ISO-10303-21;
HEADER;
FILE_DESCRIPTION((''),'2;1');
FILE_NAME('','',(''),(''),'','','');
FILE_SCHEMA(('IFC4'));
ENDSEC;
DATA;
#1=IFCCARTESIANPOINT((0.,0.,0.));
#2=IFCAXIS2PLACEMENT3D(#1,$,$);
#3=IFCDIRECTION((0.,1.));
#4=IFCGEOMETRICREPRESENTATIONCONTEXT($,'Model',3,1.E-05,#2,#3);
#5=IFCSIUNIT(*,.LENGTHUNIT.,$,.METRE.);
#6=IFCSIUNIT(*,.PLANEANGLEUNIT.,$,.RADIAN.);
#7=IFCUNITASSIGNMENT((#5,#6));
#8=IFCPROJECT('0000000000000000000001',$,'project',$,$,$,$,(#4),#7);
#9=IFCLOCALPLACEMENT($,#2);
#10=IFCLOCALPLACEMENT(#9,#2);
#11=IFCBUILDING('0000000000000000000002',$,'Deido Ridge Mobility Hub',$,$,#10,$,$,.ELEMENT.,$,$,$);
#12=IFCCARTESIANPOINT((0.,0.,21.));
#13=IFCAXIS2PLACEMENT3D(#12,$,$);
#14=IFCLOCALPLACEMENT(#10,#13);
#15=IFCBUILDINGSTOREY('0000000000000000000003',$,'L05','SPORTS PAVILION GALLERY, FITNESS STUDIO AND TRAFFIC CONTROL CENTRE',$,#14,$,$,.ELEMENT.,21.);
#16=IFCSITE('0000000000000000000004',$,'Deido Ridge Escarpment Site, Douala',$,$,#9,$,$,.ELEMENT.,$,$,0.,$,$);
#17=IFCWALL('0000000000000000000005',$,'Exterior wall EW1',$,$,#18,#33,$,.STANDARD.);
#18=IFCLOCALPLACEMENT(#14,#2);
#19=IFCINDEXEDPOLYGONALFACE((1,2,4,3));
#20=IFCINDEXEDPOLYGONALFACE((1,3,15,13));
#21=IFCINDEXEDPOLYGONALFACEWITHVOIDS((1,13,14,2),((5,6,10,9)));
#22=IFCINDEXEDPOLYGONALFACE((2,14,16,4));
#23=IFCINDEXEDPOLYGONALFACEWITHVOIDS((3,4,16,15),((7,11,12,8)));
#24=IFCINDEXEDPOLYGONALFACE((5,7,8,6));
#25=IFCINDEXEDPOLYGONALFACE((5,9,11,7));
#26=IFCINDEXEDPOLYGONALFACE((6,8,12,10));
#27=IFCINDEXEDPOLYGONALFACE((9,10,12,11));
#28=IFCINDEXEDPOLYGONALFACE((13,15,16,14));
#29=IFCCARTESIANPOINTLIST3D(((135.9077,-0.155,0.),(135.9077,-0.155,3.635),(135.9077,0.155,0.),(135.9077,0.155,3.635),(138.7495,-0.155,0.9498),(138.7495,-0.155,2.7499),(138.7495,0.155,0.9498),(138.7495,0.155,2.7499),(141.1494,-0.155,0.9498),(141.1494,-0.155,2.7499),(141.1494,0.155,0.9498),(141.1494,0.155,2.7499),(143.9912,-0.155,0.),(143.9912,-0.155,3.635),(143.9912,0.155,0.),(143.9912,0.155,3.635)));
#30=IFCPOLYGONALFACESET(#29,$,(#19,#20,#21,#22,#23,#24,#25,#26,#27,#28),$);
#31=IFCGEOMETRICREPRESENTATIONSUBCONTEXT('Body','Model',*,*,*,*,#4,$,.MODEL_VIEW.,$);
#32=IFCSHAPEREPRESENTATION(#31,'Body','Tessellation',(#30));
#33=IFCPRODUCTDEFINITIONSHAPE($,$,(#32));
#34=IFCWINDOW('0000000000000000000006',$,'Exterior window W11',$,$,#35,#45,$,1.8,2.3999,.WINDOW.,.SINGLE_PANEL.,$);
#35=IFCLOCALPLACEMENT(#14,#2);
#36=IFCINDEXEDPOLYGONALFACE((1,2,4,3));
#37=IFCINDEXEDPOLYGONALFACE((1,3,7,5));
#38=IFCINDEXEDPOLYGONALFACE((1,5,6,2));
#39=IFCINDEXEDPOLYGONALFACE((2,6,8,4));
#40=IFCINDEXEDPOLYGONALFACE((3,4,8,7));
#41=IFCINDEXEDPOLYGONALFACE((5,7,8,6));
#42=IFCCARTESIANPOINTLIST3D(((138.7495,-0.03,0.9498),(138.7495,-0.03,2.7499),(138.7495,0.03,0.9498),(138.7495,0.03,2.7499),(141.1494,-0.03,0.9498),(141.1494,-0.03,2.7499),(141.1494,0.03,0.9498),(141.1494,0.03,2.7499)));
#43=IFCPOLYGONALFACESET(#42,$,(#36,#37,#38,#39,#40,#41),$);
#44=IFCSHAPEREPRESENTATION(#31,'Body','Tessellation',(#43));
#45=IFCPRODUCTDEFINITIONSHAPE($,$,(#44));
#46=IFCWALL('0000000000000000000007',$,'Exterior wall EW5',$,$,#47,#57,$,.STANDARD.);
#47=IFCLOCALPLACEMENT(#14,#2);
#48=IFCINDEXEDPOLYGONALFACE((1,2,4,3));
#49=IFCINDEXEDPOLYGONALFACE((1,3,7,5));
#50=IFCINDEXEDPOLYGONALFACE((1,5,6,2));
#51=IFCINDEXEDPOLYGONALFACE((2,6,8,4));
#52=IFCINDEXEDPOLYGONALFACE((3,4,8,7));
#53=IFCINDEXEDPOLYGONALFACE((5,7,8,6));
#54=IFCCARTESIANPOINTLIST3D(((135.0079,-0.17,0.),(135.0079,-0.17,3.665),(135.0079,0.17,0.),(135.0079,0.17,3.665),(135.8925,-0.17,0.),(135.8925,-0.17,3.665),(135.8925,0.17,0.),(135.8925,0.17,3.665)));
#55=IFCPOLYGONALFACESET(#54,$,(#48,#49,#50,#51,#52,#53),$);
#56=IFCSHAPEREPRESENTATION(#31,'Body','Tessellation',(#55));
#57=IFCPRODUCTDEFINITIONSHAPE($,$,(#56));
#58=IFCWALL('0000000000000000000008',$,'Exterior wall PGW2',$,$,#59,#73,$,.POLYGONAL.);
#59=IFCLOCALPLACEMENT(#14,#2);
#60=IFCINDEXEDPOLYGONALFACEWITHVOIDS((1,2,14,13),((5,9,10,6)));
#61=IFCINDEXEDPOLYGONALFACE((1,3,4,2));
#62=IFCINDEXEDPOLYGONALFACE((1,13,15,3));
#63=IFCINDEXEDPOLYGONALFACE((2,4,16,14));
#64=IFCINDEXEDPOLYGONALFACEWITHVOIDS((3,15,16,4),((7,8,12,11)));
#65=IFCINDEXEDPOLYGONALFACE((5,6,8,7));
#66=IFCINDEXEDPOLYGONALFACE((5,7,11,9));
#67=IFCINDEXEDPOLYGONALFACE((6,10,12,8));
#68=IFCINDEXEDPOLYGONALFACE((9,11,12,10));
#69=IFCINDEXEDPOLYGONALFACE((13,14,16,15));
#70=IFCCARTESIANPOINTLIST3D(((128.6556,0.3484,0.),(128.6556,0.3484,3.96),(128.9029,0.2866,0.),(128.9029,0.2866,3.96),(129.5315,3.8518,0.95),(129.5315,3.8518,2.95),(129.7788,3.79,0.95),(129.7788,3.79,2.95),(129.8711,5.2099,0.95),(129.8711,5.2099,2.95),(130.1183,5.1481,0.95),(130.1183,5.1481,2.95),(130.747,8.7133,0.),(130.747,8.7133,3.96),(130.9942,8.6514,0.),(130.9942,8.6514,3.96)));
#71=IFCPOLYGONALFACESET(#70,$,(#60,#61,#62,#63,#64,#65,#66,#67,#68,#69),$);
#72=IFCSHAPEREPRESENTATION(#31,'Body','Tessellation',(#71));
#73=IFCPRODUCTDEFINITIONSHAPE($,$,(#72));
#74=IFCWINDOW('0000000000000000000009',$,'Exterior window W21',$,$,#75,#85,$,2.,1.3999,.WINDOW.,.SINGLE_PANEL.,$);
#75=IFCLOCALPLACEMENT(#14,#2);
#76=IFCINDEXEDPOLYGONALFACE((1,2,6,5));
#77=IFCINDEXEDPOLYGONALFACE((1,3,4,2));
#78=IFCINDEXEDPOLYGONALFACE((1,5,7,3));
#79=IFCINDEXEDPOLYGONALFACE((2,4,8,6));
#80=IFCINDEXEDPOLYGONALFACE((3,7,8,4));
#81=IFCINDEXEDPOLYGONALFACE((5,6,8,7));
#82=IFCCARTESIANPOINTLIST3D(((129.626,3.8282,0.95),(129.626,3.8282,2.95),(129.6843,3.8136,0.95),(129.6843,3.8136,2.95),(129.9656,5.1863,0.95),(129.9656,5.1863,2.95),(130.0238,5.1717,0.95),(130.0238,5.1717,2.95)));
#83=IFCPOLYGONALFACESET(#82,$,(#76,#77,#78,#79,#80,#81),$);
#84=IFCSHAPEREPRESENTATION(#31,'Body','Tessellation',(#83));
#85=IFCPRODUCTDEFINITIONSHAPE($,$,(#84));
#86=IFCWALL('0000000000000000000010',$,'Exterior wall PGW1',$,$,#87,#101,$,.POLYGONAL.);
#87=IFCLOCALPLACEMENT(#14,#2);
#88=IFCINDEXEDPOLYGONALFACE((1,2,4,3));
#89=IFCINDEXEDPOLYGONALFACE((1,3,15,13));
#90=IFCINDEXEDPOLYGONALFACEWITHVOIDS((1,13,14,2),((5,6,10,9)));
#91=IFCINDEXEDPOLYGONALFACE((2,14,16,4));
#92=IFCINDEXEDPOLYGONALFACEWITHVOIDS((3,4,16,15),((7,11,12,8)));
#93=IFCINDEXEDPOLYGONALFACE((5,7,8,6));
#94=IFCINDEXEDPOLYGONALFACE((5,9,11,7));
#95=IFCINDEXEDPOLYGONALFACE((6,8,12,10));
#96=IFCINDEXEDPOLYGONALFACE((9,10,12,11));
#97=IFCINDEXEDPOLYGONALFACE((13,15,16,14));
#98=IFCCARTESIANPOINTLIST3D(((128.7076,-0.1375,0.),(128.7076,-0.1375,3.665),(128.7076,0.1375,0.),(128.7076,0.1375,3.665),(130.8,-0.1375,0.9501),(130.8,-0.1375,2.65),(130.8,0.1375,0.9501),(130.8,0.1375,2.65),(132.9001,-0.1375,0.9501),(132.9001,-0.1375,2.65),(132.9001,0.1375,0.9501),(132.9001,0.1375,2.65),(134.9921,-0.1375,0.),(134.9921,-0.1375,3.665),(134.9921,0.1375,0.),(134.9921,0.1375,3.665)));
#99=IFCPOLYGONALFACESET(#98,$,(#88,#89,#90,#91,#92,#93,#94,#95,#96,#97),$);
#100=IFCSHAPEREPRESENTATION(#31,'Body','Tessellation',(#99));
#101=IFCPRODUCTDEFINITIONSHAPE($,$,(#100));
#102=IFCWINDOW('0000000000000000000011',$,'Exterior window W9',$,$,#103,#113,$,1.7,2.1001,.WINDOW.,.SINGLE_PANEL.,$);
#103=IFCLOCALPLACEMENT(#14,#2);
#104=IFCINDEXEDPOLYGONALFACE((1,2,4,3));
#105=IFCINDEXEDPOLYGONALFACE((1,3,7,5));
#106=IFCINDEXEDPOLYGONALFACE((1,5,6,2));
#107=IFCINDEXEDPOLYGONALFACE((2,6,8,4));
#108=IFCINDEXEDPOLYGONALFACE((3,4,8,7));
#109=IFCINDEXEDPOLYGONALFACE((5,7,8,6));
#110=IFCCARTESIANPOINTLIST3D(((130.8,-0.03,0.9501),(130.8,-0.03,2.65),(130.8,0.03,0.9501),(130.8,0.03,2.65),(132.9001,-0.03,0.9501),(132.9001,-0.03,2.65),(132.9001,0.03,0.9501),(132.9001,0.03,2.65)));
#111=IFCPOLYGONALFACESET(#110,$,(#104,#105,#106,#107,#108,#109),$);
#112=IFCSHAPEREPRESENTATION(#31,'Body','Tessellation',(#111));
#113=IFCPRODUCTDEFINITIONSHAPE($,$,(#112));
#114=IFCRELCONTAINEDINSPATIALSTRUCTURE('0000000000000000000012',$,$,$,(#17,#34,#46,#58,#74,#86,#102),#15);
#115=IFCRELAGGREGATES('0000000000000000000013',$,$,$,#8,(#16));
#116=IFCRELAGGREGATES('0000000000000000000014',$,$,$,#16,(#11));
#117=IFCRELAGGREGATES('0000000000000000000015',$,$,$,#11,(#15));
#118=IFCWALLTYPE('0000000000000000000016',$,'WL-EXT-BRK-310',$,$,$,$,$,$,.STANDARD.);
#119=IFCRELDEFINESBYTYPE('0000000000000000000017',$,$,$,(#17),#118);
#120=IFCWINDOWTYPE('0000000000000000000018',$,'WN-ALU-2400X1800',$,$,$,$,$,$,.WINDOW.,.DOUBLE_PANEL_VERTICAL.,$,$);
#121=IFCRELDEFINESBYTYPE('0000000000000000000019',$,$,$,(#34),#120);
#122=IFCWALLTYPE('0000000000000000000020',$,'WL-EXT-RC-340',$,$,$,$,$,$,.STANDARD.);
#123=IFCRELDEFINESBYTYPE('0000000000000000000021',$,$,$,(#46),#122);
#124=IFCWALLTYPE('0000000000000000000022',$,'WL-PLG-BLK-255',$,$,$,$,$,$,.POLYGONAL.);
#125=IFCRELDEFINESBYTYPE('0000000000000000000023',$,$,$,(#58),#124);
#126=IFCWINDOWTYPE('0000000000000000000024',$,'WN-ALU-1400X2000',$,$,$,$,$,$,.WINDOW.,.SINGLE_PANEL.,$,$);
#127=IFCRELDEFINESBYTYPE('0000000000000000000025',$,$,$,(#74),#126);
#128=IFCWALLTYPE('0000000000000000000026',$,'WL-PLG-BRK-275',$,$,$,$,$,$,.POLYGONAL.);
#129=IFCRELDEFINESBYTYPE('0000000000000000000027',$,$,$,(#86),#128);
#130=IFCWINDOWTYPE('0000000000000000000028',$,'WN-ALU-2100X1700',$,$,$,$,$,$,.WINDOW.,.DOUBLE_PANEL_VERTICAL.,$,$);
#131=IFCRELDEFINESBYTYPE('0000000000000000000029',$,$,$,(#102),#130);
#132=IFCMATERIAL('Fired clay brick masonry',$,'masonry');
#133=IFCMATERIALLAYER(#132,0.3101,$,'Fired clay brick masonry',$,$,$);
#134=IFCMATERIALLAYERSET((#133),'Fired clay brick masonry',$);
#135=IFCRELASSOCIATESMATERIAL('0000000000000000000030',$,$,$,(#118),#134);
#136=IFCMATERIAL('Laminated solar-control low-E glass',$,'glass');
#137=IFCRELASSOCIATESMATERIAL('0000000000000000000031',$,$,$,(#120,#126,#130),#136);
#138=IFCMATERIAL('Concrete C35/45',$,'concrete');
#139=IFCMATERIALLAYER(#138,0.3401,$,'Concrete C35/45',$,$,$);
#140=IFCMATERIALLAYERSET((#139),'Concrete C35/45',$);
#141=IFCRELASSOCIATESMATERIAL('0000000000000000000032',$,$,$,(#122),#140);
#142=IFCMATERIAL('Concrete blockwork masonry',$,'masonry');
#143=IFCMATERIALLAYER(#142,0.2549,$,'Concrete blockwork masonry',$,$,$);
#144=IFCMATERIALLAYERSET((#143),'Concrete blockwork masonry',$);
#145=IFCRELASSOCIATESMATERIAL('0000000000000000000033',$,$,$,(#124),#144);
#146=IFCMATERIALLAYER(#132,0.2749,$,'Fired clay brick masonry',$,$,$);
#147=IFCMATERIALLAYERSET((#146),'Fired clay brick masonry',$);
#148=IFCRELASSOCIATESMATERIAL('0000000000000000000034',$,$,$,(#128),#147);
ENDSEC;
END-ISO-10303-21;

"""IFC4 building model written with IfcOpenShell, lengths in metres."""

from ifc_helpers import new_model, si_unit, direction, frame, frame_2d, origin, place, context, subcontext, project, spatial, rectangle, extrude, material, layer, layer_set, type_object, element, fill, save


model = new_model("IFC4")

# Units and contexts
model_context = context("Model", 3, precision=1e-05, world=origin(), true_north=direction((0.0, 1.0)))
body_context = subcontext(model_context, "Body", "Model", "MODEL_VIEW")
ifc_project = project(units=[si_unit("LENGTHUNIT", "METRE"), si_unit("PLANEANGLEUNIT", "RADIAN")], contexts=[model_context])

# Site, building, storey
site_placement = place(None, origin())
site = spatial("IfcSite", under=ifc_project, at=site_placement, Name="Deido Ridge Escarpment Site, Douala", CompositionType="ELEMENT", RefElevation=0.0)
building_placement = place(site_placement, origin())
building = spatial("IfcBuilding", under=site, at=building_placement, Name="Deido Ridge Mobility Hub", CompositionType="ELEMENT")
storey_placement = place(building_placement, frame((0.0, 0.0, 21.0)))
storey = spatial("IfcBuildingStorey", under=building, at=storey_placement, Name="L05", Description="SPORTS PAVILION GALLERY, FITNESS STUDIO AND TRAFFIC CONTROL CENTRE", CompositionType="ELEMENT", Elevation=21.0)

# Shared definitions
ifc_material_1 = material(Name="Laminated solar-control low-E glass", Category="glass")

# Wall, opening, window
ifc_material_2 = material(Name="Fired clay brick masonry", Category="masonry")
ifc_layer_1 = layer(ifc_material_2, 0.3101, Name="Fired clay brick masonry")
ifc_layer_set_1 = layer_set([ifc_layer_1], Name="Fired clay brick masonry")
wall_type_1 = type_object("IfcWallType", Name="WL-EXT-BRK-310", PredefinedType="STANDARD", material=ifc_layer_set_1)
wall_1_placement = place(storey_placement, frame((135.9077, 0.0, 0.0), z_axis=(0.0, 0.0, 1.0), x_axis=(1.0, 0.0, 0.0)))
wall_1 = element("IfcWall", 1, at=wall_1_placement, inside=storey, type_object=wall_type_1, Name="Exterior wall EW1", PredefinedType="STANDARD", context=body_context, shape_type="SweptSolid", body=[
    extrude(rectangle(XDim=8.0835, YDim=0.3101, at=frame_2d((4.0417, 0.0))), origin(), (0.0, 0.0, 1.0), 3.635),
])
opening_1_placement = place(wall_1_placement, frame((2.8418, 0.0, 0.95)))
opening_1 = element("IfcOpeningElement", 2, at=opening_1_placement, cuts=wall_1, PredefinedType="OPENING", context=body_context, shape_type="SweptSolid", body=[
    extrude(rectangle(XDim=2.3999, YDim=1.8, at=frame_2d((1.2, 0.8999))), frame((0.0, 0.165, 0.0), z_axis=(0.0, -1.0, 0.0), x_axis=(1.0, 0.0, 0.0)), (0.0, 0.0, 1.0), 0.3301),
])
window_type_1 = type_object("IfcWindowType", Name="WN-ALU-2400X1800", PartitioningType="DOUBLE_PANEL_VERTICAL", PredefinedType="WINDOW", material=ifc_material_1)
window_1_placement = place(opening_1_placement, origin())
window_1 = element("IfcWindow", 3, at=window_1_placement, inside=storey, type_object=window_type_1, Name="Exterior window W11", OverallHeight=1.8, OverallWidth=2.3999, PartitioningType="SINGLE_PANEL", PredefinedType="WINDOW", context=body_context, shape_type="SweptSolid", body=[
    extrude(rectangle(XDim=2.3999, YDim=1.8, at=frame_2d((1.2, 0.8999))), frame((0.0, 0.03, 0.0), z_axis=(0.0, -1.0, 0.0), x_axis=(1.0, 0.0, 0.0)), (0.0, 0.0, 1.0), 0.0601),
])
fill(opening_1, window_1)

# Wall
ifc_material_3 = material(Name="Concrete C35/45", Category="concrete")
ifc_layer_2 = layer(ifc_material_3, 0.3401, Name="Concrete C35/45")
ifc_layer_set_2 = layer_set([ifc_layer_2], Name="Concrete C35/45")
wall_type_2 = type_object("IfcWallType", Name="WL-EXT-RC-340", PredefinedType="STANDARD", material=ifc_layer_set_2)
wall_2_placement = place(storey_placement, frame((135.0078, 0.0, 0.0), z_axis=(0.0, 0.0, 1.0), x_axis=(1.0, 0.0, 0.0)))
element("IfcWall", 4, at=wall_2_placement, inside=storey, type_object=wall_type_2, Name="Exterior wall EW5", PredefinedType="STANDARD", context=body_context, shape_type="SweptSolid", body=[
    extrude(rectangle(XDim=0.8845, YDim=0.3401, at=frame_2d((0.4424, 0.0))), origin(), (0.0, 0.0, 1.0), 3.665),
])

# Walls, openings, windows
ifc_material_4 = material(Name="Concrete blockwork masonry", Category="masonry")
ifc_layer_3 = layer(ifc_material_4, 0.2549, Name="Concrete blockwork masonry")
ifc_layer_set_3 = layer_set([ifc_layer_3], Name="Concrete blockwork masonry")
wall_type_3 = type_object("IfcWallType", Name="WL-PLG-BLK-255", PredefinedType="POLYGONAL", material=ifc_layer_set_3)
wall_3_placement = place(storey_placement, frame((128.7793, 0.3176, 0.0), z_axis=(0.0, 0.0, 1.0), x_axis=(0.242549, 0.970139, 0.0)))
wall_3 = element("IfcWall", 5, at=wall_3_placement, inside=storey, type_object=wall_type_3, Name="Exterior wall PGW2", PredefinedType="POLYGONAL", context=body_context, shape_type="SweptSolid", body=[
    extrude(rectangle(XDim=8.6223, YDim=0.2549, at=frame_2d((4.311, 0.0))), origin(), (0.0, 0.0, 1.0), 3.96),
])
opening_2_placement = place(wall_3_placement, frame((3.6111, 0.0, 0.95)))
opening_2 = element("IfcOpeningElement", 6, at=opening_2_placement, cuts=wall_3, PredefinedType="OPENING", context=body_context, shape_type="SweptSolid", body=[
    extrude(rectangle(XDim=1.3999, YDim=2.0, at=frame_2d((0.7, 1.0))), frame((0.0, 0.1375, 0.0), z_axis=(0.0, -1.0, 0.0), x_axis=(1.0, 0.0, 0.0)), (0.0, 0.0, 1.0), 0.2749),
])
window_type_2 = type_object("IfcWindowType", Name="WN-ALU-1400X2000", PartitioningType="SINGLE_PANEL", PredefinedType="WINDOW", material=ifc_material_1)
window_2_placement = place(opening_2_placement, origin())
window_2 = element("IfcWindow", 7, at=window_2_placement, inside=storey, type_object=window_type_2, Name="Exterior window W21", OverallHeight=2.0, OverallWidth=1.3999, PartitioningType="SINGLE_PANEL", PredefinedType="WINDOW", context=body_context, shape_type="SweptSolid", body=[
    extrude(rectangle(XDim=1.3999, YDim=2.0, at=frame_2d((0.7, 1.0))), frame((0.0, 0.03, 0.0), z_axis=(0.0, -1.0, 0.0), x_axis=(1.0, 0.0, 0.0)), (0.0, 0.0, 1.0), 0.0601),
])
fill(opening_2, window_2)
ifc_layer_4 = layer(ifc_material_2, 0.2749, Name="Fired clay brick masonry")
ifc_layer_set_4 = layer_set([ifc_layer_4], Name="Fired clay brick masonry")
wall_type_4 = type_object("IfcWallType", Name="WL-PLG-BRK-275", PredefinedType="POLYGONAL", material=ifc_layer_set_4)
wall_4_placement = place(storey_placement, frame((128.7078, 0.0, 0.0), z_axis=(0.0, 0.0, 1.0), x_axis=(1.0, 0.0, 0.0)))
wall_4 = element("IfcWall", 8, at=wall_4_placement, inside=storey, type_object=wall_type_4, Name="Exterior wall PGW1", PredefinedType="POLYGONAL", context=body_context, shape_type="SweptSolid", body=[
    extrude(rectangle(XDim=6.2844, YDim=0.2749, at=frame_2d((3.1421, 0.0))), origin(), (0.0, 0.0, 1.0), 3.665),
])
opening_3_placement = place(wall_4_placement, frame((2.0923, 0.0, 0.95)))
opening_3 = element("IfcOpeningElement", 9, at=opening_3_placement, cuts=wall_4, PredefinedType="OPENING", context=body_context, shape_type="SweptSolid", body=[
    extrude(rectangle(XDim=2.1001, YDim=1.7, at=frame_2d((1.05, 0.8501))), frame((0.0, 0.1475, 0.0), z_axis=(0.0, -1.0, 0.0), x_axis=(1.0, 0.0, 0.0)), (0.0, 0.0, 1.0), 0.2949),
])
window_type_3 = type_object("IfcWindowType", Name="WN-ALU-2100X1700", PartitioningType="DOUBLE_PANEL_VERTICAL", PredefinedType="WINDOW", material=ifc_material_1)
window_3_placement = place(opening_3_placement, origin())
window_3 = element("IfcWindow", 10, at=window_3_placement, inside=storey, type_object=window_type_3, Name="Exterior window W9", OverallHeight=1.7, OverallWidth=2.1001, PartitioningType="SINGLE_PANEL", PredefinedType="WINDOW", context=body_context, shape_type="SweptSolid", body=[
    extrude(rectangle(XDim=2.1001, YDim=1.7, at=frame_2d((1.05, 0.8501))), frame((0.0, 0.03, 0.0), z_axis=(0.0, -1.0, 0.0), x_axis=(1.0, 0.0, 0.0)), (0.0, 0.0, 1.0), 0.0601),
])
fill(opening_3, window_3)

save(model, "model.ifc")
